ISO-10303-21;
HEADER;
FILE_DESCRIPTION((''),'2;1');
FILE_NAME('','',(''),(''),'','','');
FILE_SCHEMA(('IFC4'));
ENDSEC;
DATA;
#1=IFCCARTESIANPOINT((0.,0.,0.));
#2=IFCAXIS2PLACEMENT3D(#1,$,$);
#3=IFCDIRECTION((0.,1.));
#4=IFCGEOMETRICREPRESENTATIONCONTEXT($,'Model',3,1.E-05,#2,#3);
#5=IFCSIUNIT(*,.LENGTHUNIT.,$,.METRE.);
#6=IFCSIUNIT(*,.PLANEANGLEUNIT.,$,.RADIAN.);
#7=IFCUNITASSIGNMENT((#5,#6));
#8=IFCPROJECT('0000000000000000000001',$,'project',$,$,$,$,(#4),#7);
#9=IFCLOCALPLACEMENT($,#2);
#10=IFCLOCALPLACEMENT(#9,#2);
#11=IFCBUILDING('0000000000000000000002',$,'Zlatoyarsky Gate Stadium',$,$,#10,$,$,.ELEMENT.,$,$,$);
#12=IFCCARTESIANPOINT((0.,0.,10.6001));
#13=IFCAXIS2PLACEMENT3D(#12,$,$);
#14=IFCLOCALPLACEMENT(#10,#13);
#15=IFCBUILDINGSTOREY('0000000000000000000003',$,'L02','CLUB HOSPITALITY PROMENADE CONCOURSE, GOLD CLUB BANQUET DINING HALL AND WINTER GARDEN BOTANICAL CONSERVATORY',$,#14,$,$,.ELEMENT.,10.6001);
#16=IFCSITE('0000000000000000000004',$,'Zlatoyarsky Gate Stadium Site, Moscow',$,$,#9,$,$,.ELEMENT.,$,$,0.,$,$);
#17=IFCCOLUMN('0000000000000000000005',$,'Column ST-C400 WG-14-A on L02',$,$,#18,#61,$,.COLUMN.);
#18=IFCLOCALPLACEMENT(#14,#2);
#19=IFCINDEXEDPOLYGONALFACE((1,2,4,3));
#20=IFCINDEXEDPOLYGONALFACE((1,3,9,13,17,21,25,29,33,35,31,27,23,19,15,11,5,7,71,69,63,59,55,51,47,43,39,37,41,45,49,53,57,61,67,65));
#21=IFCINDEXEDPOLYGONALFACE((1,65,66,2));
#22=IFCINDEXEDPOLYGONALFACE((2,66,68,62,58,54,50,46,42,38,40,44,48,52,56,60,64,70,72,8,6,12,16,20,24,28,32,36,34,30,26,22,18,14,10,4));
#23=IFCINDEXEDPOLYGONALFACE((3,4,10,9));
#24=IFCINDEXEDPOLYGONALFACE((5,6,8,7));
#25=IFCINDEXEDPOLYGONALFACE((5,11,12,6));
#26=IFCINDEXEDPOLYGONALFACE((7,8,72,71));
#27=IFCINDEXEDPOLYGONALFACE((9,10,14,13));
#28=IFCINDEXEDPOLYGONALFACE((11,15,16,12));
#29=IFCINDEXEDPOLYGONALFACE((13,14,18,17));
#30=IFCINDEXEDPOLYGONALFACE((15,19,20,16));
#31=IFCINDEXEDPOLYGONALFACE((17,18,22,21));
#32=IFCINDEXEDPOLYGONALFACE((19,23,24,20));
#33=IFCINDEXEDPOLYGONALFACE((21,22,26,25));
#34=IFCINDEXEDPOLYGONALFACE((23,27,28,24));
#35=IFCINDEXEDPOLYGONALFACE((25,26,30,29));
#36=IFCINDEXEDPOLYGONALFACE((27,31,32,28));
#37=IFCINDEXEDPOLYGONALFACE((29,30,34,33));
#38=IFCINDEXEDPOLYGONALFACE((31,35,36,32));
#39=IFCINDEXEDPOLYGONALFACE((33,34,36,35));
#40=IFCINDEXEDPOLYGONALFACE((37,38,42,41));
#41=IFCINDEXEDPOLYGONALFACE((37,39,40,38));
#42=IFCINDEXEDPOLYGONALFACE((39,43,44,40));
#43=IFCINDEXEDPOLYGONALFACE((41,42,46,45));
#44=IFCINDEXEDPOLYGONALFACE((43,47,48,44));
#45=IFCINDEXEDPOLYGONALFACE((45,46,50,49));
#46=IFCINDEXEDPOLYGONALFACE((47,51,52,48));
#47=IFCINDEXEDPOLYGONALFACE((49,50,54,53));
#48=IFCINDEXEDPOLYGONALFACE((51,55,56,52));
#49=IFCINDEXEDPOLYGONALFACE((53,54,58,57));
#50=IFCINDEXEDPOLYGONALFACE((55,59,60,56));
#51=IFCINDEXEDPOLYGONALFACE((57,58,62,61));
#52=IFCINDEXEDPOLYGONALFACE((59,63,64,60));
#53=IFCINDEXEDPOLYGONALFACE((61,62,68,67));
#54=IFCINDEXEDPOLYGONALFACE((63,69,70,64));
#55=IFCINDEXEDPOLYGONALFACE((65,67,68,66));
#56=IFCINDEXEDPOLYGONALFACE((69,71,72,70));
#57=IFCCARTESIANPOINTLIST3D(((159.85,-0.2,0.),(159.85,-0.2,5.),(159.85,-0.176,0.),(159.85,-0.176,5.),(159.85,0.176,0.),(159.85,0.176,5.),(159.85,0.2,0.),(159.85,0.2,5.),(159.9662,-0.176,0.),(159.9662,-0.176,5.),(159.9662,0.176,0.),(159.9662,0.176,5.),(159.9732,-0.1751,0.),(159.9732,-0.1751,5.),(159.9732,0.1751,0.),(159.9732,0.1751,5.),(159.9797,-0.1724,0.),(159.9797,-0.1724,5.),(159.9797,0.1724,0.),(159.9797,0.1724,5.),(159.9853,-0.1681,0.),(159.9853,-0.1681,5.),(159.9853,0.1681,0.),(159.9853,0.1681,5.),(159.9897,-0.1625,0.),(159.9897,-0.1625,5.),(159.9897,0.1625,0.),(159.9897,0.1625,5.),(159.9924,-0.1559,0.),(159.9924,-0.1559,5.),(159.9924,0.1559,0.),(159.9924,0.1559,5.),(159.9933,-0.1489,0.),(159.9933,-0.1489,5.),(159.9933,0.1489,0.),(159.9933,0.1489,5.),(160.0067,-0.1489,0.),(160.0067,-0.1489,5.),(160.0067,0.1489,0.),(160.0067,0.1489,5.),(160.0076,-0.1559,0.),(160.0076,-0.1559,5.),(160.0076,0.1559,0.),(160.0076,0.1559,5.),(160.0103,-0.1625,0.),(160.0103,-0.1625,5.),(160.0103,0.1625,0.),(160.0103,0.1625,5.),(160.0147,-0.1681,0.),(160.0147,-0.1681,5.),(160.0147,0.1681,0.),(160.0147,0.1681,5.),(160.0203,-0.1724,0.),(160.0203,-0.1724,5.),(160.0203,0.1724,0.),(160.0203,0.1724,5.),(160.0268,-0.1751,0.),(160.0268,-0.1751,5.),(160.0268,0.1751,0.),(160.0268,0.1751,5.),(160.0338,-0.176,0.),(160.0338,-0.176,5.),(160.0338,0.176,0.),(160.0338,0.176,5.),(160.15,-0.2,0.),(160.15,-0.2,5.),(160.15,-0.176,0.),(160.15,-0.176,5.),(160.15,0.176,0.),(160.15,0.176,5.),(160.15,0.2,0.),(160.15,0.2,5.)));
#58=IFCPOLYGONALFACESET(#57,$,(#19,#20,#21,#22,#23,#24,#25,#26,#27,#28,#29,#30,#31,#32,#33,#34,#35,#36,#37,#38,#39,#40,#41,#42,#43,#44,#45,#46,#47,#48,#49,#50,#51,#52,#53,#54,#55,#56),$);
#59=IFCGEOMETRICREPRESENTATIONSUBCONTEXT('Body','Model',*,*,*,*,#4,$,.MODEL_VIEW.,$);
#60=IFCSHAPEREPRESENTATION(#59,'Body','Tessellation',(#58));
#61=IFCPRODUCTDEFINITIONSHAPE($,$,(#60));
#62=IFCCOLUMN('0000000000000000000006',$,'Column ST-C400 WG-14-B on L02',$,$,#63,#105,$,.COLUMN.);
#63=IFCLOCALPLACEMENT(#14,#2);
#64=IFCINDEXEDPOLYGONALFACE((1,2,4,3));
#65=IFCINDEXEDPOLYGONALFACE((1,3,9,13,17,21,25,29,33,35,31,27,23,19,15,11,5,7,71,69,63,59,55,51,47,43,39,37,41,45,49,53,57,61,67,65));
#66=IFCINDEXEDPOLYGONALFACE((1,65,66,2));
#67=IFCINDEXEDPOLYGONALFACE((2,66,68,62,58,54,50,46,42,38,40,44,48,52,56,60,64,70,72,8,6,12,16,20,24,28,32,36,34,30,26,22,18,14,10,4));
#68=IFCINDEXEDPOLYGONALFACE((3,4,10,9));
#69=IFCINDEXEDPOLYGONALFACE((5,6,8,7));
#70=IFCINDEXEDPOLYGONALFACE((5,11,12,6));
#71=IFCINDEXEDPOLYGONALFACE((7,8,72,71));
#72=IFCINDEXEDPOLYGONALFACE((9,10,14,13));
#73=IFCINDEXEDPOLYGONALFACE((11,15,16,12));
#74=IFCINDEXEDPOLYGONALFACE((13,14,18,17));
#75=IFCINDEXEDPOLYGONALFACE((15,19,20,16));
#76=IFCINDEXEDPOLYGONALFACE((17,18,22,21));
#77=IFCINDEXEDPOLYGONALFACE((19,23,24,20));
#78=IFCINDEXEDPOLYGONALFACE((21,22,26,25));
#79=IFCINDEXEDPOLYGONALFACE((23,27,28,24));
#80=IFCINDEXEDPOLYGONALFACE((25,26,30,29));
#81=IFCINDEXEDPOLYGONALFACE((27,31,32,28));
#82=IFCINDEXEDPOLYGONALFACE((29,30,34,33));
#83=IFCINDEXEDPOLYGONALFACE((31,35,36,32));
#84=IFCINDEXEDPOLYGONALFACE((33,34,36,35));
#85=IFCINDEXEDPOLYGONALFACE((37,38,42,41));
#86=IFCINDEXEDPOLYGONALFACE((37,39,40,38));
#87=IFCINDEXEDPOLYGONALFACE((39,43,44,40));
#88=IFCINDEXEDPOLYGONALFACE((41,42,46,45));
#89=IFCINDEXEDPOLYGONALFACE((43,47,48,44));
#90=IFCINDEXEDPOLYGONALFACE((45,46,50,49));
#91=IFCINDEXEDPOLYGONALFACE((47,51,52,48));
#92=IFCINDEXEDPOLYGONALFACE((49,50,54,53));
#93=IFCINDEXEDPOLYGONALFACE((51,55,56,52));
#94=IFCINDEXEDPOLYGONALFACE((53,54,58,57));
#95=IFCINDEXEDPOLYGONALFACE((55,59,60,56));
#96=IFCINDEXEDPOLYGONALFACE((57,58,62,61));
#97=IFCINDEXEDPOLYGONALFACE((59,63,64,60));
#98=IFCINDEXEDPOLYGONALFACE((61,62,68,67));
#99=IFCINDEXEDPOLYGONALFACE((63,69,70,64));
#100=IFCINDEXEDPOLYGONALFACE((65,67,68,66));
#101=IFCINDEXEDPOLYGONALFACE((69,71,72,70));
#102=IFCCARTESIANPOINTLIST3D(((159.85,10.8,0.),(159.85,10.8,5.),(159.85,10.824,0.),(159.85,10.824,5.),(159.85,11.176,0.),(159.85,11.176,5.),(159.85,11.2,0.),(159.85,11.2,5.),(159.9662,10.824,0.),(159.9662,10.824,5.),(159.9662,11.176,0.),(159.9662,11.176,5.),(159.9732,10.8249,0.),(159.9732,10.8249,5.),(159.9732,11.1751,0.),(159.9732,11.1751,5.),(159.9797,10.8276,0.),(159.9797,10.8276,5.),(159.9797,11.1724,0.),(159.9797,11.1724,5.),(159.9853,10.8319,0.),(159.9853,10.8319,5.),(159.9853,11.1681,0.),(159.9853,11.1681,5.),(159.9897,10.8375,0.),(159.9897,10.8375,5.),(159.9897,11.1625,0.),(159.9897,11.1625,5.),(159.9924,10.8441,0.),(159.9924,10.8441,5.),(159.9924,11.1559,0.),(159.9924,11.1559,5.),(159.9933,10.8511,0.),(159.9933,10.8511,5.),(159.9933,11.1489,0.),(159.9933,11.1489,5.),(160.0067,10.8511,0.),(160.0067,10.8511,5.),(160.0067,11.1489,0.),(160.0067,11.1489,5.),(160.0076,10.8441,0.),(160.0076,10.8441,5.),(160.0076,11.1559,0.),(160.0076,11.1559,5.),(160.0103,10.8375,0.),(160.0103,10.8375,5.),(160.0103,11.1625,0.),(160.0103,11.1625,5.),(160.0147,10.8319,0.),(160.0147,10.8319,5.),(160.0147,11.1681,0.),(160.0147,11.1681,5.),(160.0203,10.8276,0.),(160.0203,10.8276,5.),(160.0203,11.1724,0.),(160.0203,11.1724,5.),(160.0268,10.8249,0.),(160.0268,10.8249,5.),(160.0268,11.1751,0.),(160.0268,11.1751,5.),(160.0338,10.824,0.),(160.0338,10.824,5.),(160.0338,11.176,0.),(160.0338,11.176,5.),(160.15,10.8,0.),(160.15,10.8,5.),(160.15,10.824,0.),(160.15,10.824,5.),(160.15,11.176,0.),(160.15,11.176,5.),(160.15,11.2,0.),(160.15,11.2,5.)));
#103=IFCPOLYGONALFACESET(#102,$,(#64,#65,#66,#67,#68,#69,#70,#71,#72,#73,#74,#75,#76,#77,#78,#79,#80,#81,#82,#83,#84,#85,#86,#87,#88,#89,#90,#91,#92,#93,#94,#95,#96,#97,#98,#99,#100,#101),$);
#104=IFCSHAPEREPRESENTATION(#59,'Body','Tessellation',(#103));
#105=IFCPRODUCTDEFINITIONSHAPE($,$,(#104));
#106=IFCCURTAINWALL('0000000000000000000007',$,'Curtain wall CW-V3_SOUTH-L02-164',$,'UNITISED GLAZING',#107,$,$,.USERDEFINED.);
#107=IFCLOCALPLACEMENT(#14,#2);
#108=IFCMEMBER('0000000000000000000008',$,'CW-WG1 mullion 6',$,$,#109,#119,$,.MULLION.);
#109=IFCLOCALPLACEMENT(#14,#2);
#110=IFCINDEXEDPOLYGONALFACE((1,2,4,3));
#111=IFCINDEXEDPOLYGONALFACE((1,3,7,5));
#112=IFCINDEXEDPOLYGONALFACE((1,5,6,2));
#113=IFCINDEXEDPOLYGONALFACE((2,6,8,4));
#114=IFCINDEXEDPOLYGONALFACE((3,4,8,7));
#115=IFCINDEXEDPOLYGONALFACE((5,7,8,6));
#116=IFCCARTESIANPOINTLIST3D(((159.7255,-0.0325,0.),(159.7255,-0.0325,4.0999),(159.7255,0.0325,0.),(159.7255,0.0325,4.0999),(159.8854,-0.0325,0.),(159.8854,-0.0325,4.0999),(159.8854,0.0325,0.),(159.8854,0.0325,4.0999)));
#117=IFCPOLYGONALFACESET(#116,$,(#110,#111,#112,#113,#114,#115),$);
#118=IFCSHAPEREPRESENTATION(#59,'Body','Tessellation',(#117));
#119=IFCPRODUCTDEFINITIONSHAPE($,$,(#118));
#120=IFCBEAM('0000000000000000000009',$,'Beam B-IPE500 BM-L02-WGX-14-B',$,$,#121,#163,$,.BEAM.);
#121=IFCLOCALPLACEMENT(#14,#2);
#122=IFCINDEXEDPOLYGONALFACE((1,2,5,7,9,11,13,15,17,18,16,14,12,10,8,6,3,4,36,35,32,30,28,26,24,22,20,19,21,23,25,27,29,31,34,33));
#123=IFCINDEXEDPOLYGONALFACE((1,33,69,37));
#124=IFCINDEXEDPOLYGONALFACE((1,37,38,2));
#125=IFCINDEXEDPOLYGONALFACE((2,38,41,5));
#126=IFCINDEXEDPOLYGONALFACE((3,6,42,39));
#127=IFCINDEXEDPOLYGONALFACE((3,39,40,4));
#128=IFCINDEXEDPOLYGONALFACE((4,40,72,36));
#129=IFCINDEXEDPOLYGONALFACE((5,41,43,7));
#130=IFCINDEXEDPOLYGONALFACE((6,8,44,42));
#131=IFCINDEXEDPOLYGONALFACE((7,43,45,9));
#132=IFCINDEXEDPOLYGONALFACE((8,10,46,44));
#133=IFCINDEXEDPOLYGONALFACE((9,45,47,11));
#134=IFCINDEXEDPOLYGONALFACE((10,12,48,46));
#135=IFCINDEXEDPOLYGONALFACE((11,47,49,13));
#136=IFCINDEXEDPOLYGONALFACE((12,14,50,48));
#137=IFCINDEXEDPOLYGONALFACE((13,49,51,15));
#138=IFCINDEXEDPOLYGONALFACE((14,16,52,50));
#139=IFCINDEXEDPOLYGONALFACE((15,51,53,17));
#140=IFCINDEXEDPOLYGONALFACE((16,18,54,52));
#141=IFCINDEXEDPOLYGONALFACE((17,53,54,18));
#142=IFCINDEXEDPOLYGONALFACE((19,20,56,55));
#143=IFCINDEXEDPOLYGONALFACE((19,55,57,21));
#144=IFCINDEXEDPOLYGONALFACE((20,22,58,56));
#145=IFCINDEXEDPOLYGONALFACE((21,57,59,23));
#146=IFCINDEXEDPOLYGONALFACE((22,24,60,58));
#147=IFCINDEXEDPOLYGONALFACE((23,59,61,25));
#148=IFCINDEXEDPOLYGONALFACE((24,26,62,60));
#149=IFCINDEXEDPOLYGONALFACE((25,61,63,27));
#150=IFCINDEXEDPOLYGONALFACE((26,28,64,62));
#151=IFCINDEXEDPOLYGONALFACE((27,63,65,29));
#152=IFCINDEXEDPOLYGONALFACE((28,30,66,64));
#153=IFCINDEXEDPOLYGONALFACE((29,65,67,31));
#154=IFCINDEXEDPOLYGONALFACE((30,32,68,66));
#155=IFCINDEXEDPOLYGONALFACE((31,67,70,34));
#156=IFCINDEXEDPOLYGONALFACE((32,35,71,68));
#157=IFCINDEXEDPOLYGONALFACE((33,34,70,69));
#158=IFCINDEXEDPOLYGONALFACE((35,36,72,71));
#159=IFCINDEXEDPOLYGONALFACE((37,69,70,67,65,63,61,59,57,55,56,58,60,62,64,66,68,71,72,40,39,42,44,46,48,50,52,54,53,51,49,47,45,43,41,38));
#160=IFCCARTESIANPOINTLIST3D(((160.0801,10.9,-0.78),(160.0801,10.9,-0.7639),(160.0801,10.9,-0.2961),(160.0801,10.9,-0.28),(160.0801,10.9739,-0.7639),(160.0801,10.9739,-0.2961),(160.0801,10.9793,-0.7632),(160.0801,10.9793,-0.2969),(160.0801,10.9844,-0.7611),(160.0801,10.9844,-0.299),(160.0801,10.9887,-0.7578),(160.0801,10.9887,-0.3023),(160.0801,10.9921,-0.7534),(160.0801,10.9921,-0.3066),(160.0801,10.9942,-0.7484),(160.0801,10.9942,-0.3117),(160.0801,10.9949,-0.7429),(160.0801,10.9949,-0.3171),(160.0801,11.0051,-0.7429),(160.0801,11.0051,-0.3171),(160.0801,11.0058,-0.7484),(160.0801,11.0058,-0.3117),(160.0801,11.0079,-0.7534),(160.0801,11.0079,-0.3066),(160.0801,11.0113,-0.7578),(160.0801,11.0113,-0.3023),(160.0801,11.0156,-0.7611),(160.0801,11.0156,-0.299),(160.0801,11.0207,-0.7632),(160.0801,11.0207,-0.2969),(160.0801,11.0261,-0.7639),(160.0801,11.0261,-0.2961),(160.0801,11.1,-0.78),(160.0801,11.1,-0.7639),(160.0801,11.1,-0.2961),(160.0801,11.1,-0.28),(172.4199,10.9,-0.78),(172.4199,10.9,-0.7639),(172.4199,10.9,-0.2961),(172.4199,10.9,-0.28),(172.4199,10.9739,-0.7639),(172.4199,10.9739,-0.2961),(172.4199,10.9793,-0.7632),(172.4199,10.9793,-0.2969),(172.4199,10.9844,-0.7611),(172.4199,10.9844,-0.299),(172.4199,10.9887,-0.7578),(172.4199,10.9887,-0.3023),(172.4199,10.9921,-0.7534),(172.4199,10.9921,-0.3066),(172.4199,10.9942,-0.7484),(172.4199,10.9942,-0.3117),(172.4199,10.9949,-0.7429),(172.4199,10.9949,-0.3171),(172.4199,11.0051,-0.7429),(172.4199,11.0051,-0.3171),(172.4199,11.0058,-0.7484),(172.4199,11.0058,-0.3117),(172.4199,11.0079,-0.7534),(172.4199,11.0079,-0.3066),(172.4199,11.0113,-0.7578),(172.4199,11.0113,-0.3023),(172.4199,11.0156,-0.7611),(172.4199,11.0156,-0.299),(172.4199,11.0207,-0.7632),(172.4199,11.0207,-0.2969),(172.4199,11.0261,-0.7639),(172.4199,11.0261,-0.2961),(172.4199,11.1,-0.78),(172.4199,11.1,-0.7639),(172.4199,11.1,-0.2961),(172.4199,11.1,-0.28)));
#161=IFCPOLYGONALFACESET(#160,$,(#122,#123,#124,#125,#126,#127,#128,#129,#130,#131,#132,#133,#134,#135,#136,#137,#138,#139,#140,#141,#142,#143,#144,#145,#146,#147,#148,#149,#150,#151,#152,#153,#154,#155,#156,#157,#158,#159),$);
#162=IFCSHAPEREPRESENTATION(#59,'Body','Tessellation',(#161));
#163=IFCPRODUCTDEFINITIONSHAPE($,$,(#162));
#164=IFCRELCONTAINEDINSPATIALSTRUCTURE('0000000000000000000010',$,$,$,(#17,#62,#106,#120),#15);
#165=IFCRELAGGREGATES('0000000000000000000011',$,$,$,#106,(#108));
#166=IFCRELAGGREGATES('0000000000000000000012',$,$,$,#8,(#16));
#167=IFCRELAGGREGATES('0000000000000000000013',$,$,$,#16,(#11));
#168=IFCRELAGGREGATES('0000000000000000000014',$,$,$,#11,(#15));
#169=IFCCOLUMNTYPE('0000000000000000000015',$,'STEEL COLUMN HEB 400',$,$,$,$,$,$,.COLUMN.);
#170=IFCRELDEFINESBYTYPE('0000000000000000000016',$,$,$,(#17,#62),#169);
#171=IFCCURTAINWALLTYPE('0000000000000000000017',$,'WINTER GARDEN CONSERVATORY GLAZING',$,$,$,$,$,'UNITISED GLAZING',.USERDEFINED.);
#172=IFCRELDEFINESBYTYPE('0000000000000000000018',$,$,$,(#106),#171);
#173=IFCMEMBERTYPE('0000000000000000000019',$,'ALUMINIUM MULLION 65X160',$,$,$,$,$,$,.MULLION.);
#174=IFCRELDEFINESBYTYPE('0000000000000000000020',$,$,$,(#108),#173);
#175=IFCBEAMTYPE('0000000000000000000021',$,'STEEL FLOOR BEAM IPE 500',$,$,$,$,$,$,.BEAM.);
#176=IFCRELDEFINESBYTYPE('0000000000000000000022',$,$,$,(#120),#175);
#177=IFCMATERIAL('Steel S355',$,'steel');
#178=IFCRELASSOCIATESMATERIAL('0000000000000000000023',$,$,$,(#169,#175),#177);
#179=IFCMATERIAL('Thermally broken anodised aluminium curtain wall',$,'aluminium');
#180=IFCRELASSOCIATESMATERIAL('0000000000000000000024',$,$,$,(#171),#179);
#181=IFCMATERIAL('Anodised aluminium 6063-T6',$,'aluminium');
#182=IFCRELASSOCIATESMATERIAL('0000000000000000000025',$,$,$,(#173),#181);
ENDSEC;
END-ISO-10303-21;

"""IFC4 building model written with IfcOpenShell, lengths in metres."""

from ifc_helpers import new_model, si_unit, direction, frame, origin, origin_2d, place, context, subcontext, project, spatial, rectangle, i_section, extrude, material, material_profile, profile_set, type_object, element, aggregate, save


model = new_model("IFC4")

# Units and contexts
model_context = context("Model", 3, precision=1e-05, world=origin(), true_north=direction((0.0, 1.0)))
body_context = subcontext(model_context, "Body", "Model", "MODEL_VIEW")
ifc_project = project(units=[si_unit("LENGTHUNIT", "METRE"), si_unit("PLANEANGLEUNIT", "RADIAN")], contexts=[model_context])

# Site, building, storey
site_placement = place(None, origin())
site = spatial("IfcSite", under=ifc_project, at=site_placement, Name="Zlatoyarsky Gate Stadium Site, Moscow", CompositionType="ELEMENT", RefElevation=0.0)
building_placement = place(site_placement, origin())
building = spatial("IfcBuilding", under=site, at=building_placement, Name="Zlatoyarsky Gate Stadium", CompositionType="ELEMENT")
storey_placement = place(building_placement, frame((0.0, 0.0, 10.6001)))
storey = spatial("IfcBuildingStorey", under=building, at=storey_placement, Name="L02", Description="CLUB HOSPITALITY PROMENADE CONCOURSE, GOLD CLUB BANQUET DINING HALL AND WINTER GARDEN BOTANICAL CONSERVATORY", CompositionType="ELEMENT", Elevation=10.6001)

# Columns
ifc_material_1 = material(Name="Steel S355", Category="steel")
ifc_material_profile_1 = material_profile(ifc_material_1, i_section(OverallWidth=0.3, OverallDepth=0.3999, WebThickness=0.0134, FlangeThickness=0.0239, FilletRadius=0.0271, at=origin_2d()), Name="HEB 400")
ifc_profile_set_1 = profile_set([ifc_material_profile_1], Name="Steel S355")
column_type = type_object("IfcColumnType", Name="STEEL COLUMN HEB 400", PredefinedType="COLUMN", material=ifc_profile_set_1)
for number, where, z_axis, x_axis, name in (
    (1, (160.0, 0.0, 0.0), (0.0, 0.0, 1.0), (1.0, 0.0, 0.0), "Column ST-C400 WG-14-A on L02"),
    (2, (160.0, 11.0, 0.0), (0.0, 0.0, 1.0), (1.0, 0.0, 0.0), "Column ST-C400 WG-14-B on L02"),
):
    element("IfcColumn", number, at=place(storey_placement, frame(where, z_axis=z_axis, x_axis=x_axis)), inside=storey, type_object=column_type, Name=name, PredefinedType="COLUMN", context=body_context, shape_type="SweptSolid", body=[
        extrude(i_section(OverallWidth=0.3, OverallDepth=0.3999, WebThickness=0.0134, FlangeThickness=0.0239, FilletRadius=0.0271, at=origin_2d()), origin(), (0.0, 0.0, 1.0), 5.0),
    ])

# Curtain wall, member
ifc_material_2 = material(Name="Thermally broken anodised aluminium curtain wall", Category="aluminium")
curtain_wall_type = type_object("IfcCurtainWallType", Name="WINTER GARDEN CONSERVATORY GLAZING", ElementType="UNITISED GLAZING", PredefinedType="USERDEFINED", material=ifc_material_2)
curtain_wall_placement = place(storey_placement, origin())
curtain_wall = element("IfcCurtainWall", 3, at=curtain_wall_placement, inside=storey, type_object=curtain_wall_type, Name="Curtain wall CW-V3_SOUTH-L02-164", ObjectType="UNITISED GLAZING", PredefinedType="USERDEFINED")
ifc_material_3 = material(Name="Anodised aluminium 6063-T6", Category="aluminium")
ifc_material_profile_2 = material_profile(ifc_material_3, rectangle(XDim=0.0649, YDim=0.1599, at=origin_2d()), Name="ALU 65X160")
ifc_profile_set_2 = profile_set([ifc_material_profile_2], Name="Anodised aluminium 6063-T6")
member_type_1 = type_object("IfcMemberType", Name="ALUMINIUM MULLION 65X160", PredefinedType="MULLION", material=ifc_profile_set_2)
member_1_placement = place(storey_placement, frame((159.8054, 0.0, 0.0), z_axis=(0.0, 0.0, 1.0), x_axis=(0.0, 1.0, 0.0)))
member_1 = element("IfcMember", 4, at=member_1_placement, type_object=member_type_1, Name="CW-WG1 mullion 6", PredefinedType="MULLION", context=body_context, shape_type="SweptSolid", body=[
    extrude(rectangle(XDim=0.0649, YDim=0.1599, at=origin_2d()), origin(), (0.0, 0.0, 1.0), 4.0999),
])

# Beam
ifc_material_profile_3 = material_profile(ifc_material_1, i_section(OverallWidth=0.2, OverallDepth=0.5, WebThickness=0.0103, FlangeThickness=0.0161, FilletRadius=0.021, at=origin_2d()), Name="IPE 500")
ifc_profile_set_3 = profile_set([ifc_material_profile_3], Name="Steel S355")
beam_type_1 = type_object("IfcBeamType", Name="STEEL FLOOR BEAM IPE 500", PredefinedType="BEAM", material=ifc_profile_set_3)
for number, where, z_axis, x_axis, name in (
    (5, (160.0801, 11.0, -0.53), (1.0, 0.0, 0.0), (0.0, 1.0, 0.0), "Beam B-IPE500 BM-L02-WGX-14-B"),
):
    element("IfcBeam", number, at=place(storey_placement, frame(where, z_axis=z_axis, x_axis=x_axis)), inside=storey, type_object=beam_type_1, Name=name, PredefinedType="BEAM", context=body_context, shape_type="SweptSolid", body=[
        extrude(i_section(OverallWidth=0.2, OverallDepth=0.5, WebThickness=0.0103, FlangeThickness=0.0161, FilletRadius=0.021, at=origin_2d()), origin(), (0.0, 0.0, 1.0), 12.3398),
    ])

aggregate(curtain_wall, [member_1])

save(model, "model.ifc")
